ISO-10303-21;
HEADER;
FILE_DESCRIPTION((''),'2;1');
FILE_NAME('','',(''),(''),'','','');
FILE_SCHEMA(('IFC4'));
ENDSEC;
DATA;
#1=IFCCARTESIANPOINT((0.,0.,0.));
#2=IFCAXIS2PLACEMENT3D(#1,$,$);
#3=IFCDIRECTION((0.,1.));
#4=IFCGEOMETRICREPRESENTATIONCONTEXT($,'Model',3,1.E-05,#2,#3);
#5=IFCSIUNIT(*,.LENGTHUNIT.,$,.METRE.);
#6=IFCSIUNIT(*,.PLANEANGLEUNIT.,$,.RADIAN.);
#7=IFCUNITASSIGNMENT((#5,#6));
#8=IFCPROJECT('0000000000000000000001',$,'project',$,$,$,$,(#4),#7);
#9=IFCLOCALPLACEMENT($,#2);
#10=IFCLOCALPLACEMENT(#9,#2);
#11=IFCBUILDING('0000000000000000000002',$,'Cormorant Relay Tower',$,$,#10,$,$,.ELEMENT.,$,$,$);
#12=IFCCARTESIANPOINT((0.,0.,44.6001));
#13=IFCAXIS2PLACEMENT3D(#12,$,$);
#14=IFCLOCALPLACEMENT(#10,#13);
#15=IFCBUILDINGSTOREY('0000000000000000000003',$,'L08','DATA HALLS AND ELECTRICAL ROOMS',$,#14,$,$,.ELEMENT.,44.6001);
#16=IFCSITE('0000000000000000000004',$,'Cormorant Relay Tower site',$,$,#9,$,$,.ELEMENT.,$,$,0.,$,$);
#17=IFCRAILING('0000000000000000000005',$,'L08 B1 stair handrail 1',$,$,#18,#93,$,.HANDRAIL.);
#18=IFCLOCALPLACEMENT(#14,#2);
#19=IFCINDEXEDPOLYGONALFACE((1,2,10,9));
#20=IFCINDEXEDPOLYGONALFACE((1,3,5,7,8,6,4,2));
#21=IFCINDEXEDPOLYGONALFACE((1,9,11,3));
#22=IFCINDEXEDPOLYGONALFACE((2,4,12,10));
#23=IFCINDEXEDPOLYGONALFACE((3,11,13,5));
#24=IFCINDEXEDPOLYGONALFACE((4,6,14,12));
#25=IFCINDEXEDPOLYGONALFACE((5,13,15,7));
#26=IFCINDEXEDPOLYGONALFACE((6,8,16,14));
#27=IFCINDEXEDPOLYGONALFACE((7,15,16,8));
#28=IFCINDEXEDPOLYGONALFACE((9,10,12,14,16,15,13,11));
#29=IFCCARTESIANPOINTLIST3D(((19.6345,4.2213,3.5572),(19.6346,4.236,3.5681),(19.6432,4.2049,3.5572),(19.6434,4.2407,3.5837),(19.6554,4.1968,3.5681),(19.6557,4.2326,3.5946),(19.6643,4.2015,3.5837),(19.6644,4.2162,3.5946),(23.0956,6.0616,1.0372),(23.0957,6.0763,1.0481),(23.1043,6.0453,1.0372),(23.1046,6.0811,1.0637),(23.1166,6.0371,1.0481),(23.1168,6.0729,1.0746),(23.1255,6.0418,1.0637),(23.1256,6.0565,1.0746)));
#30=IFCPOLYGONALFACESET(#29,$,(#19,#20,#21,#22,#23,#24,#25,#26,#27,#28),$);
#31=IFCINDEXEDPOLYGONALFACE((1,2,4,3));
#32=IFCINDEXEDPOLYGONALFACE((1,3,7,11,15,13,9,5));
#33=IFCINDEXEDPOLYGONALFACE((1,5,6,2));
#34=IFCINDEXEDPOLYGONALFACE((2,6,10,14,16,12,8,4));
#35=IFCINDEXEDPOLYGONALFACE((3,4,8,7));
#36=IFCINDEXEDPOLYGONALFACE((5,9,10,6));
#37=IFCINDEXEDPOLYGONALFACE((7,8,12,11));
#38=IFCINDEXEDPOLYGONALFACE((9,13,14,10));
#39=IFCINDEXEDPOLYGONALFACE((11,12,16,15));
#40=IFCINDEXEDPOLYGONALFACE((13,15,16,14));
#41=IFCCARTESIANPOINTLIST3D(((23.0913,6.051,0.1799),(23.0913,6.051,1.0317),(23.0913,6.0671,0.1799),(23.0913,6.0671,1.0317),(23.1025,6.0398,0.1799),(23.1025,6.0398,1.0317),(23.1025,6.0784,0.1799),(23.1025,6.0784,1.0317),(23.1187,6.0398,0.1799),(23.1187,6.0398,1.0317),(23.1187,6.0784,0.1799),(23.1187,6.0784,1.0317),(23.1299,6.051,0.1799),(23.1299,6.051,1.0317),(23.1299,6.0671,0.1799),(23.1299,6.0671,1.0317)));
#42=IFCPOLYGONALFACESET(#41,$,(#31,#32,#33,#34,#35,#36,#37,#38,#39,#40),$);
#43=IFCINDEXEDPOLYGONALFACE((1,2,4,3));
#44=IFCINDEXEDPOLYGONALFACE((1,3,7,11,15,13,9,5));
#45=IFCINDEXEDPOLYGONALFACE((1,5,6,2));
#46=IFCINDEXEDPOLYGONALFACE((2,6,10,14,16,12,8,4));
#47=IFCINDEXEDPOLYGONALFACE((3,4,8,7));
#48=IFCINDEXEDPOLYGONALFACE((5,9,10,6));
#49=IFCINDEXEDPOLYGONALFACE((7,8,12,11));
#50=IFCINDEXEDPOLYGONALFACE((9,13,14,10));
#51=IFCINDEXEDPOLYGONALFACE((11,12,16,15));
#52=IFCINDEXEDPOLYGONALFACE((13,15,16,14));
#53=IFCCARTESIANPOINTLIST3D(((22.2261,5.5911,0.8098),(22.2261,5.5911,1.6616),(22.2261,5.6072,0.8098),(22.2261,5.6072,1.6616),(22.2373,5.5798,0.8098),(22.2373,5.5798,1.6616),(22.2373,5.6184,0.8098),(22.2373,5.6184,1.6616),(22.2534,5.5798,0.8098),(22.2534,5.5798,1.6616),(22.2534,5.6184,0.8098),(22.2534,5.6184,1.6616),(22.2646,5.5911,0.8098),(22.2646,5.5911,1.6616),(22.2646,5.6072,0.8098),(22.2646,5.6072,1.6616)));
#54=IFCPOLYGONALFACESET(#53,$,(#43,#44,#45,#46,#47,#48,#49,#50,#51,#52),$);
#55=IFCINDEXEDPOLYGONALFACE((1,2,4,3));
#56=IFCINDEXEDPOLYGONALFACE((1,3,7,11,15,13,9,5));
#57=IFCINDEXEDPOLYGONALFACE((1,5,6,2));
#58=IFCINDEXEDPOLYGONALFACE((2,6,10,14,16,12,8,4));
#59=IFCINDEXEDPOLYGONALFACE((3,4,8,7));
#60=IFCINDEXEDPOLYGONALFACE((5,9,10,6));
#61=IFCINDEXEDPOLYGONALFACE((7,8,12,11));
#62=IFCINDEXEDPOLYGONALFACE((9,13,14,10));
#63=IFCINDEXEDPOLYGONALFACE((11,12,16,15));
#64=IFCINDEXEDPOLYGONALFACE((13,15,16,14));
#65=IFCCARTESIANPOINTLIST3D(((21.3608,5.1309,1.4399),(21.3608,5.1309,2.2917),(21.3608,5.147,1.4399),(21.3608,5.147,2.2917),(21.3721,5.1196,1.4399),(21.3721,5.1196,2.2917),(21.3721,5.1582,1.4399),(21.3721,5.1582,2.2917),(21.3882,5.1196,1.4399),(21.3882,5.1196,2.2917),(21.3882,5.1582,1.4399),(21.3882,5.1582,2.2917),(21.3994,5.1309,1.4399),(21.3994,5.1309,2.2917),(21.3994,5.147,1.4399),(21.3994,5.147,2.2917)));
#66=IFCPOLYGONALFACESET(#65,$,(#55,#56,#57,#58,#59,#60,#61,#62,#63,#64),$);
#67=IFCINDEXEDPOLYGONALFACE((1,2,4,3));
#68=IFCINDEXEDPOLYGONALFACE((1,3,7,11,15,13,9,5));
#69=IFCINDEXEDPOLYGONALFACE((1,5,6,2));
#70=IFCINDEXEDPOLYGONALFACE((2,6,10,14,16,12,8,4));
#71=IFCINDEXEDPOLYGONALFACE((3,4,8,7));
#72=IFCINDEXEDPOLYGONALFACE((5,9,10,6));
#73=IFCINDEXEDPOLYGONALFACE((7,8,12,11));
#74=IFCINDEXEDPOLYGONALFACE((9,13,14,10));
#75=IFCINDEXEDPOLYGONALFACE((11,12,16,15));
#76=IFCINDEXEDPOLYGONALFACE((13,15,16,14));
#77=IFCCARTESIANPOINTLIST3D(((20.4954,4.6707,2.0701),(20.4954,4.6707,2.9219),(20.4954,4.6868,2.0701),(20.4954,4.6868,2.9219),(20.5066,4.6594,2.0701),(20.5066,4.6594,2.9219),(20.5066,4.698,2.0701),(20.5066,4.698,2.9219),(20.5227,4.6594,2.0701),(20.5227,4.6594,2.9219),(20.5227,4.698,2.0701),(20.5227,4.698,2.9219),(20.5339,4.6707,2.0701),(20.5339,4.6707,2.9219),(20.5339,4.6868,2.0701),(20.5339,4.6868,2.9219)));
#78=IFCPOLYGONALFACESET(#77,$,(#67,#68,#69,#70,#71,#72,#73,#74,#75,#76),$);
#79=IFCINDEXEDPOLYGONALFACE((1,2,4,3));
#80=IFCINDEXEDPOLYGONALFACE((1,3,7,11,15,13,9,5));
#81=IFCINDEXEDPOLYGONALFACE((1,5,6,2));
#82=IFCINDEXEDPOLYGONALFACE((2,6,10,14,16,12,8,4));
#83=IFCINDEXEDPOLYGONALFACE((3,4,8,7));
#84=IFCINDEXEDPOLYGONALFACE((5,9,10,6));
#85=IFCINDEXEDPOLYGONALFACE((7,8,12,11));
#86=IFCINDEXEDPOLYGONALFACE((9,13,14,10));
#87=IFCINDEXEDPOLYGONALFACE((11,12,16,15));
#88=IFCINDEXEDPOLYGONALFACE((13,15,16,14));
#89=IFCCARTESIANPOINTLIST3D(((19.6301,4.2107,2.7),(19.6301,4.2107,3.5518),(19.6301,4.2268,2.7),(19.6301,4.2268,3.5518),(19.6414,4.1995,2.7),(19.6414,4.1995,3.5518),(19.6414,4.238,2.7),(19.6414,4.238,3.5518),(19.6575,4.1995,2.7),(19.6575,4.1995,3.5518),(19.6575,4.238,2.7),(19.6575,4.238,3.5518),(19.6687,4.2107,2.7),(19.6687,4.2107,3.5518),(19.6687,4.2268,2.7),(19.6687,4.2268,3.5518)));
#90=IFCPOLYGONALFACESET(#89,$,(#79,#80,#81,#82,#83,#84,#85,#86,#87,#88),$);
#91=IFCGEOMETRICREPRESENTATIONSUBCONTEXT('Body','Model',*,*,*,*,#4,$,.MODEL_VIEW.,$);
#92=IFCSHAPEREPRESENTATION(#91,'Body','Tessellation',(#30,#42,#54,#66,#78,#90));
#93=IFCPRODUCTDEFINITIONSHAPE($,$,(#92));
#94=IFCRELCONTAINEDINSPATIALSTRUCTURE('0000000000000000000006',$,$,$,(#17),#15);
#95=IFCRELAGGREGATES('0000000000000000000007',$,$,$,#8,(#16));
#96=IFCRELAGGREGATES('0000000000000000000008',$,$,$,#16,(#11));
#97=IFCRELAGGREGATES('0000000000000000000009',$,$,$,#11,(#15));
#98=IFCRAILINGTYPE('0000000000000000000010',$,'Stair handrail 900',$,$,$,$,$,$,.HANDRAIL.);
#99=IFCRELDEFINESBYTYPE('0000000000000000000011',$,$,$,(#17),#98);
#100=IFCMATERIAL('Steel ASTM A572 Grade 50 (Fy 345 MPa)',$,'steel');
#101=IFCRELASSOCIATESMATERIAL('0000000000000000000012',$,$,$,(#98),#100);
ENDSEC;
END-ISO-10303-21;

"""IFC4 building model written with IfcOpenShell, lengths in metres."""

from ifc_helpers import new_model, si_unit, direction, frame, origin, place, context, subcontext, project, spatial, polyline, outline, extrude, material, type_object, element, save


model = new_model("IFC4")

# Units and contexts
model_context = context("Model", 3, precision=1e-05, world=origin(), true_north=direction((0.0, 1.0)))
body_context = subcontext(model_context, "Body", "Model", "MODEL_VIEW")
ifc_project = project(units=[si_unit("LENGTHUNIT", "METRE"), si_unit("PLANEANGLEUNIT", "RADIAN")], contexts=[model_context])

# Site, building, storey
site_placement = place(None, origin())
site = spatial("IfcSite", under=ifc_project, at=site_placement, Name="Cormorant Relay Tower site", CompositionType="ELEMENT", RefElevation=0.0)
building_placement = place(site_placement, origin())
building = spatial("IfcBuilding", under=site, at=building_placement, Name="Cormorant Relay Tower", CompositionType="ELEMENT")
storey_placement = place(building_placement, frame((0.0, 0.0, 44.6001)))
storey = spatial("IfcBuildingStorey", under=building, at=storey_placement, Name="L08", Description="DATA HALLS AND ELECTRICAL ROOMS", CompositionType="ELEMENT", Elevation=44.6001)

# Railing
ifc_material_1 = material(Name="Steel ASTM A572 Grade 50 (Fy 345 MPa)", Category="steel")
railing_type_1 = type_object("IfcRailingType", Name="Stair handrail 900", PredefinedType="HANDRAIL", material=ifc_material_1)
railing_1_placement = place(storey_placement, frame((23.1106, 6.0591, 0.1799)))
element("IfcRailing", 1, at=railing_1_placement, inside=storey, type_object=railing_type_1, Name="L08 B1 stair handrail 1", PredefinedType="HANDRAIL", context=body_context, shape_type="SweptSolid", body=[
    extrude(outline(polyline([(0.0222, 0.0093), (0.0093, 0.0222), (-0.0093, 0.0222), (-0.0222, 0.0093), (-0.0222, -0.0093), (-0.0093, -0.0222), (0.0093, -0.0222), (0.0222, -0.0093), (0.0222, 0.0093)])), frame((0.0, 0.0, 0.876), z_axis=(-0.742717, -0.394907, 0.540758), x_axis=(0.469469, -0.882949, 0.0)), (0.0, 0.0, 1.0), 4.6602),
    extrude(outline(polyline([(0.0193, 0.0081), (0.0081, 0.0193), (-0.0081, 0.0193), (-0.0193, 0.0081), (-0.0193, -0.0081), (-0.0081, -0.0193), (0.0081, -0.0193), (0.0193, -0.0081), (0.0193, 0.0081)])), origin(), (0.0, 0.0, 1.0), 0.8518),
    extrude(outline(polyline([(0.0193, 0.0081), (0.0081, 0.0193), (-0.0081, 0.0193), (-0.0193, 0.0081), (-0.0193, -0.0081), (-0.0081, -0.0193), (0.0081, -0.0193), (0.0193, -0.0081), (0.0193, 0.0081)])), frame((-0.8652, -0.46, 0.6299)), (0.0, 0.0, 1.0), 0.8518),
    extrude(outline(polyline([(0.0193, 0.0081), (0.0081, 0.0193), (-0.0081, 0.0193), (-0.0193, 0.0081), (-0.0193, -0.0081), (-0.0081, -0.0193), (0.0081, -0.0193), (0.0193, -0.0081), (0.0193, 0.0081)])), frame((-1.7305, -0.9202, 1.26)), (0.0, 0.0, 1.0), 0.8518),
    extrude(outline(polyline([(0.0193, 0.0081), (0.0081, 0.0193), (-0.0081, 0.0193), (-0.0193, 0.0081), (-0.0193, -0.0081), (-0.0081, -0.0193), (0.0081, -0.0193), (0.0193, -0.0081), (0.0193, 0.0081)])), frame((-2.5959, -1.3804, 1.8901)), (0.0, 0.0, 1.0), 0.8518),
    extrude(outline(polyline([(0.0193, 0.0081), (0.0081, 0.0193), (-0.0081, 0.0193), (-0.0193, 0.0081), (-0.0193, -0.0081), (-0.0081, -0.0193), (0.0081, -0.0193), (0.0193, -0.0081), (0.0193, 0.0081)])), frame((-3.4612, -1.8403, 2.52)), (0.0, 0.0, 1.0), 0.8518),
])

save(model, "model.ifc")
